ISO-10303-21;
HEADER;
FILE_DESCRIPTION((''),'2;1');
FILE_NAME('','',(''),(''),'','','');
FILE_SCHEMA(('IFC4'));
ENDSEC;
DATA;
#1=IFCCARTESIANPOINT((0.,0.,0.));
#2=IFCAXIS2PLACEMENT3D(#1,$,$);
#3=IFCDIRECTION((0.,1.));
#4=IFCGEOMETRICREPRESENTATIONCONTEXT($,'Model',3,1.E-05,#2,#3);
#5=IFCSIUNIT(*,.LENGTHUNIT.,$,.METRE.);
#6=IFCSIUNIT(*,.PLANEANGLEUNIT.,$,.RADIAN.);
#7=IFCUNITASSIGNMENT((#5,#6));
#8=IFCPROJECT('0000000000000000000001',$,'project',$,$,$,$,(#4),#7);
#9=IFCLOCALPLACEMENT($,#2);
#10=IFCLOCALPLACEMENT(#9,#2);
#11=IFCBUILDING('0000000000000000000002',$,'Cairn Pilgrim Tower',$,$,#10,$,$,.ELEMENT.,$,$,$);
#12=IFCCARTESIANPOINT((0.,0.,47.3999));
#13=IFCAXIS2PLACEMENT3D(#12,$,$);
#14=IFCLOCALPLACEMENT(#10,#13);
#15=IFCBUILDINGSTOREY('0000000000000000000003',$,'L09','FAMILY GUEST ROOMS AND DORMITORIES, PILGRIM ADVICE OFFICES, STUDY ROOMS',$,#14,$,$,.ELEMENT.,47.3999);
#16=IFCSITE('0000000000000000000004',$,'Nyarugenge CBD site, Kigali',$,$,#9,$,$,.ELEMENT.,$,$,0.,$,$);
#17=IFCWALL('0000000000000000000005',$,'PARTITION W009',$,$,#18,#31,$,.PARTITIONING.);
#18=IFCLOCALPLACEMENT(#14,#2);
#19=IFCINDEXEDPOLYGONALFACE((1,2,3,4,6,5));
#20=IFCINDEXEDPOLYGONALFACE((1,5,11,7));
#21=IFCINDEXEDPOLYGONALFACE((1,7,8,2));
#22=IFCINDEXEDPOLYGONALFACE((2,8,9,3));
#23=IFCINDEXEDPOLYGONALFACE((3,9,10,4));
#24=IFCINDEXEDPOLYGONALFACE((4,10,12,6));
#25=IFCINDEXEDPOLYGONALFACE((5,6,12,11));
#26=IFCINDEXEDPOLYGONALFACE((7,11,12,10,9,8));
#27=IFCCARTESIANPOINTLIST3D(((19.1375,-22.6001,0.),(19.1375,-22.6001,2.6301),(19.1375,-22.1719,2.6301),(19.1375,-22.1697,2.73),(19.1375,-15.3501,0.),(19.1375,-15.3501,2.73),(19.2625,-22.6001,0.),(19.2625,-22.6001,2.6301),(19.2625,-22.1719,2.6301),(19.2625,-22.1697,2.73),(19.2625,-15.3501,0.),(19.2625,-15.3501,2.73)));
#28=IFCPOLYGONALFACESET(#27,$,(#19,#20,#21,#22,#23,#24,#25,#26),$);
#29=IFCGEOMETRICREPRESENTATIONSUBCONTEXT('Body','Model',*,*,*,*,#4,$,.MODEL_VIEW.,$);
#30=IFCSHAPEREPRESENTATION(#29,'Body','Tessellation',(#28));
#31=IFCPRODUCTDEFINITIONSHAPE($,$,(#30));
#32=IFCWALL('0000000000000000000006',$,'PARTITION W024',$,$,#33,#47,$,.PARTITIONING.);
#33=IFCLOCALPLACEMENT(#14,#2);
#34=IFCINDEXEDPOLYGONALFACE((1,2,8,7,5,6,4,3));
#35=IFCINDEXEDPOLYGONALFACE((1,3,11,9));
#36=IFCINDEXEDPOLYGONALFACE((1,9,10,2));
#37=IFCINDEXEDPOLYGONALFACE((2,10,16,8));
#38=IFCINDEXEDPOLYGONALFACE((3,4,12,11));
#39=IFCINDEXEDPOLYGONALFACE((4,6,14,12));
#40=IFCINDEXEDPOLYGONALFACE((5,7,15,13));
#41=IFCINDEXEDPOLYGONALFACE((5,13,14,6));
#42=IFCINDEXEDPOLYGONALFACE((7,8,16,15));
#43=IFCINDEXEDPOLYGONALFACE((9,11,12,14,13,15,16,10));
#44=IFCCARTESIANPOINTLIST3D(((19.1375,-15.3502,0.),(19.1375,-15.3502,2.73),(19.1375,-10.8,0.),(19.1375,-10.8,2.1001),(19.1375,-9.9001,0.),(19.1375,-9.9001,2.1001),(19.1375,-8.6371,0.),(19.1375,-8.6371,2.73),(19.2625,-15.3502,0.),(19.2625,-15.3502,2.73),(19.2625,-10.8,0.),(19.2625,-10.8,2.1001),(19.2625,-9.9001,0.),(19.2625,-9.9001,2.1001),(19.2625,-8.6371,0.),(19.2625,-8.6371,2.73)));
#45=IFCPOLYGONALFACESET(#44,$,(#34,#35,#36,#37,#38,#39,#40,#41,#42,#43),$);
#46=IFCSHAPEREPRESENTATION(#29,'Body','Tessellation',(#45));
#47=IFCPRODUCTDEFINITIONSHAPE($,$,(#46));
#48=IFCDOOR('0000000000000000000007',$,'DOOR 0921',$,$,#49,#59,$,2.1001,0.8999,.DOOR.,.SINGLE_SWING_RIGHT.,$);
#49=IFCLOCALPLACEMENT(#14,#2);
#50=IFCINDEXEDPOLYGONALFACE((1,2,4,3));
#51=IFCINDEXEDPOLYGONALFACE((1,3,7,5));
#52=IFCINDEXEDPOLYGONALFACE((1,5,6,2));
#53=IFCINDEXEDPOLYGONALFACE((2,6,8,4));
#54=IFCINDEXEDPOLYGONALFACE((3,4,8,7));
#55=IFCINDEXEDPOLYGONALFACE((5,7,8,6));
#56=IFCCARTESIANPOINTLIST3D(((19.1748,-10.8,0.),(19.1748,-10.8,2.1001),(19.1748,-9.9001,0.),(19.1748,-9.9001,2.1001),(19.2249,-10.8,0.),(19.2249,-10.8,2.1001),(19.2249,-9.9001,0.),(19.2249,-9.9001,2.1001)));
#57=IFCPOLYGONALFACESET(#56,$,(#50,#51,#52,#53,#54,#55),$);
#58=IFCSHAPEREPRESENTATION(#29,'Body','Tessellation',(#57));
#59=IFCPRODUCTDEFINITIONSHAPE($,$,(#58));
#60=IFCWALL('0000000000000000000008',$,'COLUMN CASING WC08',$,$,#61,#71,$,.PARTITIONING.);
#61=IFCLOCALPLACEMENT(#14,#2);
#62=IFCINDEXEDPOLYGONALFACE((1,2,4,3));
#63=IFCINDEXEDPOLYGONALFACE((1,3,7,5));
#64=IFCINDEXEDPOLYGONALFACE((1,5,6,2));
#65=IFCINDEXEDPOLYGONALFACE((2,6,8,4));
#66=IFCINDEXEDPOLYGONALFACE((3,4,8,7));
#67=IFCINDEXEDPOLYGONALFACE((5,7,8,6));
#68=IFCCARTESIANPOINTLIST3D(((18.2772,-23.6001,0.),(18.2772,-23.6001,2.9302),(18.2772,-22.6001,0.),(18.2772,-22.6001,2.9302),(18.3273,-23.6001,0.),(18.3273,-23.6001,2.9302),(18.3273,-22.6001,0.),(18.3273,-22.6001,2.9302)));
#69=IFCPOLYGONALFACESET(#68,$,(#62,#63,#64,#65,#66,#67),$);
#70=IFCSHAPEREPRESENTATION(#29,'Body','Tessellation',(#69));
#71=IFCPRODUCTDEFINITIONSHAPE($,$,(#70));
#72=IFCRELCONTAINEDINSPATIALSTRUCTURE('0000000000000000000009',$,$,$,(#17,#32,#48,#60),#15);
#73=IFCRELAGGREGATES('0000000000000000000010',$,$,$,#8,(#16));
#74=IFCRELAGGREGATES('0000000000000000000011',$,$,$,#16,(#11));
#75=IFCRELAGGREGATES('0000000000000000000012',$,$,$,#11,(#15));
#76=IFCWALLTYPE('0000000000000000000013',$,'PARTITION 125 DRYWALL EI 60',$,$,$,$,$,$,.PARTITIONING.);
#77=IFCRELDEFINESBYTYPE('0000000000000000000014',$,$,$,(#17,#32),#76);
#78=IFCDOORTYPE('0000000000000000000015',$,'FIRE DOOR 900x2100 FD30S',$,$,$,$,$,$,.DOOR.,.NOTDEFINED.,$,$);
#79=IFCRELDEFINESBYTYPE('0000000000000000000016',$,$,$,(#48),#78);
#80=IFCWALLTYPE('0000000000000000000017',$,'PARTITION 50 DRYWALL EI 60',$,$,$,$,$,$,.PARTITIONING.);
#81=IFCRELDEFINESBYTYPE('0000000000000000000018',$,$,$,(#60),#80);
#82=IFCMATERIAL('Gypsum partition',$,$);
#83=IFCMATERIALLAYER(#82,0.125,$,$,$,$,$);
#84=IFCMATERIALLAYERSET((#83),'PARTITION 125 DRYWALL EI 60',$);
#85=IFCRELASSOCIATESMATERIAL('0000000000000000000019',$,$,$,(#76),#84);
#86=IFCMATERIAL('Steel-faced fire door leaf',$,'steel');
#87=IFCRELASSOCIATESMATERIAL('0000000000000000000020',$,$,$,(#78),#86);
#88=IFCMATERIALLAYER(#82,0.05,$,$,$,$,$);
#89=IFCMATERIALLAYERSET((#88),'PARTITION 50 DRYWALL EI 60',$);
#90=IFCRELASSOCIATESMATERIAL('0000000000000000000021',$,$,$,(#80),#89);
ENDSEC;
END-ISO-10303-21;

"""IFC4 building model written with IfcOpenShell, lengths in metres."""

from ifc_helpers import new_model, si_unit, direction, frame, frame_2d, origin, place, context, subcontext, project, spatial, polyline, rectangle, outline, extrude, material, layer, layer_set, type_object, element, fill, save


model = new_model("IFC4")

# Units and contexts
model_context = context("Model", 3, precision=1e-05, world=origin(), true_north=direction((0.0, 1.0)))
body_context = subcontext(model_context, "Body", "Model", "MODEL_VIEW")
ifc_project = project(units=[si_unit("LENGTHUNIT", "METRE"), si_unit("PLANEANGLEUNIT", "RADIAN")], contexts=[model_context])

# Site, building, storey
site_placement = place(None, origin())
site = spatial("IfcSite", under=ifc_project, at=site_placement, Name="Nyarugenge CBD site, Kigali", CompositionType="ELEMENT", RefElevation=0.0)
building_placement = place(site_placement, origin())
building = spatial("IfcBuilding", under=site, at=building_placement, Name="Cairn Pilgrim Tower", CompositionType="ELEMENT")
storey_placement = place(building_placement, frame((0.0, 0.0, 47.3999)))
storey = spatial("IfcBuildingStorey", under=building, at=storey_placement, Name="L09", Description="FAMILY GUEST ROOMS AND DORMITORIES, PILGRIM ADVICE OFFICES, STUDY ROOMS", CompositionType="ELEMENT", Elevation=47.3999)

# Shared definitions
ifc_material_1 = material(Name="Gypsum partition")

# Wall
ifc_layer_1 = layer(ifc_material_1, 0.125)
ifc_layer_set_1 = layer_set([ifc_layer_1], Name="PARTITION 125 DRYWALL EI 60")
wall_type_1 = type_object("IfcWallType", Name="PARTITION 125 DRYWALL EI 60", PredefinedType="PARTITIONING", material=ifc_layer_set_1)
wall_1_placement = place(storey_placement, frame((19.2, -22.6001, 0.0), z_axis=(0.0, 0.0, 1.0), x_axis=(0.0, 1.0, 0.0)))
element("IfcWall", 1, at=wall_1_placement, inside=storey, type_object=wall_type_1, Name="PARTITION W009", PredefinedType="PARTITIONING", context=body_context, shape_type="SweptSolid", body=[
    extrude(outline(polyline([(0.0, 0.0), (7.25, 0.0), (7.25, 2.73), (0.4304, 2.73), (0.4282, 2.6301), (0.0, 2.6301), (0.0, 0.0)])), frame((0.0, 0.0625, 0.0), z_axis=(0.0, -1.0, 0.0), x_axis=(1.0, 0.0, 0.0)), (0.0, 0.0, 1.0), 0.125),
])

# Wall, opening, door
wall_2_placement = place(storey_placement, frame((19.2, -15.3501, 0.0), z_axis=(0.0, 0.0, 1.0), x_axis=(0.0, 1.0, 0.0)))
wall_2 = element("IfcWall", 2, at=wall_2_placement, inside=storey, type_object=wall_type_1, Name="PARTITION W024", PredefinedType="PARTITIONING", context=body_context, shape_type="SweptSolid", body=[
    extrude(rectangle(XDim=6.7131, YDim=0.125, at=frame_2d((3.3564, 0.0))), origin(), (0.0, 0.0, 1.0), 2.73),
])
opening_1_placement = place(wall_2_placement, frame((4.55, 0.0, 0.0)))
opening_1 = element("IfcOpeningElement", 3, at=opening_1_placement, cuts=wall_2, PredefinedType="OPENING", context=body_context, shape_type="SweptSolid", body=[
    extrude(rectangle(XDim=0.8999, YDim=2.1001, at=frame_2d((0.45, 1.05))), frame((0.0, 0.0725, 0.0), z_axis=(0.0, -1.0, 0.0), x_axis=(1.0, 0.0, 0.0)), (0.0, 0.0, 1.0), 0.145),
])
ifc_material_2 = material(Name="Steel-faced fire door leaf", Category="steel")
door_type_1 = type_object("IfcDoorType", Name="FIRE DOOR 900x2100 FD30S", OperationType="NOTDEFINED", PredefinedType="DOOR", material=ifc_material_2)
door_1_placement = place(opening_1_placement, frame((0.8999, 0.0, 0.0), z_axis=(0.0, 0.0, 1.0), x_axis=(-1.0, 0.0, 0.0)))
door_1 = element("IfcDoor", 4, at=door_1_placement, inside=storey, type_object=door_type_1, Name="DOOR 0921", OperationType="SINGLE_SWING_RIGHT", OverallHeight=2.1001, OverallWidth=0.8999, PredefinedType="DOOR", context=body_context, shape_type="SweptSolid", body=[
    extrude(rectangle(XDim=0.8999, YDim=2.1001, at=frame_2d((0.45, 1.05))), frame((0.0, 0.0249, 0.0), z_axis=(0.0, -1.0, 0.0), x_axis=(1.0, 0.0, 0.0)), (0.0, 0.0, 1.0), 0.05),
])
fill(opening_1, door_1)

# Wall
ifc_layer_2 = layer(ifc_material_1, 0.05)
ifc_layer_set_2 = layer_set([ifc_layer_2], Name="PARTITION 50 DRYWALL EI 60")
wall_type_2 = type_object("IfcWallType", Name="PARTITION 50 DRYWALL EI 60", PredefinedType="PARTITIONING", material=ifc_layer_set_2)
wall_3_placement = place(storey_placement, frame((18.3022, -23.6001, 0.0), z_axis=(0.0, 0.0, 1.0), x_axis=(0.0, 1.0, 0.0)))
element("IfcWall", 5, at=wall_3_placement, inside=storey, type_object=wall_type_2, Name="COLUMN CASING WC08", PredefinedType="PARTITIONING", context=body_context, shape_type="SweptSolid", body=[
    extrude(rectangle(XDim=1.0, YDim=0.05, at=frame_2d((0.5, 0.0))), origin(), (0.0, 0.0, 1.0), 2.9302),
])

save(model, "model.ifc")
